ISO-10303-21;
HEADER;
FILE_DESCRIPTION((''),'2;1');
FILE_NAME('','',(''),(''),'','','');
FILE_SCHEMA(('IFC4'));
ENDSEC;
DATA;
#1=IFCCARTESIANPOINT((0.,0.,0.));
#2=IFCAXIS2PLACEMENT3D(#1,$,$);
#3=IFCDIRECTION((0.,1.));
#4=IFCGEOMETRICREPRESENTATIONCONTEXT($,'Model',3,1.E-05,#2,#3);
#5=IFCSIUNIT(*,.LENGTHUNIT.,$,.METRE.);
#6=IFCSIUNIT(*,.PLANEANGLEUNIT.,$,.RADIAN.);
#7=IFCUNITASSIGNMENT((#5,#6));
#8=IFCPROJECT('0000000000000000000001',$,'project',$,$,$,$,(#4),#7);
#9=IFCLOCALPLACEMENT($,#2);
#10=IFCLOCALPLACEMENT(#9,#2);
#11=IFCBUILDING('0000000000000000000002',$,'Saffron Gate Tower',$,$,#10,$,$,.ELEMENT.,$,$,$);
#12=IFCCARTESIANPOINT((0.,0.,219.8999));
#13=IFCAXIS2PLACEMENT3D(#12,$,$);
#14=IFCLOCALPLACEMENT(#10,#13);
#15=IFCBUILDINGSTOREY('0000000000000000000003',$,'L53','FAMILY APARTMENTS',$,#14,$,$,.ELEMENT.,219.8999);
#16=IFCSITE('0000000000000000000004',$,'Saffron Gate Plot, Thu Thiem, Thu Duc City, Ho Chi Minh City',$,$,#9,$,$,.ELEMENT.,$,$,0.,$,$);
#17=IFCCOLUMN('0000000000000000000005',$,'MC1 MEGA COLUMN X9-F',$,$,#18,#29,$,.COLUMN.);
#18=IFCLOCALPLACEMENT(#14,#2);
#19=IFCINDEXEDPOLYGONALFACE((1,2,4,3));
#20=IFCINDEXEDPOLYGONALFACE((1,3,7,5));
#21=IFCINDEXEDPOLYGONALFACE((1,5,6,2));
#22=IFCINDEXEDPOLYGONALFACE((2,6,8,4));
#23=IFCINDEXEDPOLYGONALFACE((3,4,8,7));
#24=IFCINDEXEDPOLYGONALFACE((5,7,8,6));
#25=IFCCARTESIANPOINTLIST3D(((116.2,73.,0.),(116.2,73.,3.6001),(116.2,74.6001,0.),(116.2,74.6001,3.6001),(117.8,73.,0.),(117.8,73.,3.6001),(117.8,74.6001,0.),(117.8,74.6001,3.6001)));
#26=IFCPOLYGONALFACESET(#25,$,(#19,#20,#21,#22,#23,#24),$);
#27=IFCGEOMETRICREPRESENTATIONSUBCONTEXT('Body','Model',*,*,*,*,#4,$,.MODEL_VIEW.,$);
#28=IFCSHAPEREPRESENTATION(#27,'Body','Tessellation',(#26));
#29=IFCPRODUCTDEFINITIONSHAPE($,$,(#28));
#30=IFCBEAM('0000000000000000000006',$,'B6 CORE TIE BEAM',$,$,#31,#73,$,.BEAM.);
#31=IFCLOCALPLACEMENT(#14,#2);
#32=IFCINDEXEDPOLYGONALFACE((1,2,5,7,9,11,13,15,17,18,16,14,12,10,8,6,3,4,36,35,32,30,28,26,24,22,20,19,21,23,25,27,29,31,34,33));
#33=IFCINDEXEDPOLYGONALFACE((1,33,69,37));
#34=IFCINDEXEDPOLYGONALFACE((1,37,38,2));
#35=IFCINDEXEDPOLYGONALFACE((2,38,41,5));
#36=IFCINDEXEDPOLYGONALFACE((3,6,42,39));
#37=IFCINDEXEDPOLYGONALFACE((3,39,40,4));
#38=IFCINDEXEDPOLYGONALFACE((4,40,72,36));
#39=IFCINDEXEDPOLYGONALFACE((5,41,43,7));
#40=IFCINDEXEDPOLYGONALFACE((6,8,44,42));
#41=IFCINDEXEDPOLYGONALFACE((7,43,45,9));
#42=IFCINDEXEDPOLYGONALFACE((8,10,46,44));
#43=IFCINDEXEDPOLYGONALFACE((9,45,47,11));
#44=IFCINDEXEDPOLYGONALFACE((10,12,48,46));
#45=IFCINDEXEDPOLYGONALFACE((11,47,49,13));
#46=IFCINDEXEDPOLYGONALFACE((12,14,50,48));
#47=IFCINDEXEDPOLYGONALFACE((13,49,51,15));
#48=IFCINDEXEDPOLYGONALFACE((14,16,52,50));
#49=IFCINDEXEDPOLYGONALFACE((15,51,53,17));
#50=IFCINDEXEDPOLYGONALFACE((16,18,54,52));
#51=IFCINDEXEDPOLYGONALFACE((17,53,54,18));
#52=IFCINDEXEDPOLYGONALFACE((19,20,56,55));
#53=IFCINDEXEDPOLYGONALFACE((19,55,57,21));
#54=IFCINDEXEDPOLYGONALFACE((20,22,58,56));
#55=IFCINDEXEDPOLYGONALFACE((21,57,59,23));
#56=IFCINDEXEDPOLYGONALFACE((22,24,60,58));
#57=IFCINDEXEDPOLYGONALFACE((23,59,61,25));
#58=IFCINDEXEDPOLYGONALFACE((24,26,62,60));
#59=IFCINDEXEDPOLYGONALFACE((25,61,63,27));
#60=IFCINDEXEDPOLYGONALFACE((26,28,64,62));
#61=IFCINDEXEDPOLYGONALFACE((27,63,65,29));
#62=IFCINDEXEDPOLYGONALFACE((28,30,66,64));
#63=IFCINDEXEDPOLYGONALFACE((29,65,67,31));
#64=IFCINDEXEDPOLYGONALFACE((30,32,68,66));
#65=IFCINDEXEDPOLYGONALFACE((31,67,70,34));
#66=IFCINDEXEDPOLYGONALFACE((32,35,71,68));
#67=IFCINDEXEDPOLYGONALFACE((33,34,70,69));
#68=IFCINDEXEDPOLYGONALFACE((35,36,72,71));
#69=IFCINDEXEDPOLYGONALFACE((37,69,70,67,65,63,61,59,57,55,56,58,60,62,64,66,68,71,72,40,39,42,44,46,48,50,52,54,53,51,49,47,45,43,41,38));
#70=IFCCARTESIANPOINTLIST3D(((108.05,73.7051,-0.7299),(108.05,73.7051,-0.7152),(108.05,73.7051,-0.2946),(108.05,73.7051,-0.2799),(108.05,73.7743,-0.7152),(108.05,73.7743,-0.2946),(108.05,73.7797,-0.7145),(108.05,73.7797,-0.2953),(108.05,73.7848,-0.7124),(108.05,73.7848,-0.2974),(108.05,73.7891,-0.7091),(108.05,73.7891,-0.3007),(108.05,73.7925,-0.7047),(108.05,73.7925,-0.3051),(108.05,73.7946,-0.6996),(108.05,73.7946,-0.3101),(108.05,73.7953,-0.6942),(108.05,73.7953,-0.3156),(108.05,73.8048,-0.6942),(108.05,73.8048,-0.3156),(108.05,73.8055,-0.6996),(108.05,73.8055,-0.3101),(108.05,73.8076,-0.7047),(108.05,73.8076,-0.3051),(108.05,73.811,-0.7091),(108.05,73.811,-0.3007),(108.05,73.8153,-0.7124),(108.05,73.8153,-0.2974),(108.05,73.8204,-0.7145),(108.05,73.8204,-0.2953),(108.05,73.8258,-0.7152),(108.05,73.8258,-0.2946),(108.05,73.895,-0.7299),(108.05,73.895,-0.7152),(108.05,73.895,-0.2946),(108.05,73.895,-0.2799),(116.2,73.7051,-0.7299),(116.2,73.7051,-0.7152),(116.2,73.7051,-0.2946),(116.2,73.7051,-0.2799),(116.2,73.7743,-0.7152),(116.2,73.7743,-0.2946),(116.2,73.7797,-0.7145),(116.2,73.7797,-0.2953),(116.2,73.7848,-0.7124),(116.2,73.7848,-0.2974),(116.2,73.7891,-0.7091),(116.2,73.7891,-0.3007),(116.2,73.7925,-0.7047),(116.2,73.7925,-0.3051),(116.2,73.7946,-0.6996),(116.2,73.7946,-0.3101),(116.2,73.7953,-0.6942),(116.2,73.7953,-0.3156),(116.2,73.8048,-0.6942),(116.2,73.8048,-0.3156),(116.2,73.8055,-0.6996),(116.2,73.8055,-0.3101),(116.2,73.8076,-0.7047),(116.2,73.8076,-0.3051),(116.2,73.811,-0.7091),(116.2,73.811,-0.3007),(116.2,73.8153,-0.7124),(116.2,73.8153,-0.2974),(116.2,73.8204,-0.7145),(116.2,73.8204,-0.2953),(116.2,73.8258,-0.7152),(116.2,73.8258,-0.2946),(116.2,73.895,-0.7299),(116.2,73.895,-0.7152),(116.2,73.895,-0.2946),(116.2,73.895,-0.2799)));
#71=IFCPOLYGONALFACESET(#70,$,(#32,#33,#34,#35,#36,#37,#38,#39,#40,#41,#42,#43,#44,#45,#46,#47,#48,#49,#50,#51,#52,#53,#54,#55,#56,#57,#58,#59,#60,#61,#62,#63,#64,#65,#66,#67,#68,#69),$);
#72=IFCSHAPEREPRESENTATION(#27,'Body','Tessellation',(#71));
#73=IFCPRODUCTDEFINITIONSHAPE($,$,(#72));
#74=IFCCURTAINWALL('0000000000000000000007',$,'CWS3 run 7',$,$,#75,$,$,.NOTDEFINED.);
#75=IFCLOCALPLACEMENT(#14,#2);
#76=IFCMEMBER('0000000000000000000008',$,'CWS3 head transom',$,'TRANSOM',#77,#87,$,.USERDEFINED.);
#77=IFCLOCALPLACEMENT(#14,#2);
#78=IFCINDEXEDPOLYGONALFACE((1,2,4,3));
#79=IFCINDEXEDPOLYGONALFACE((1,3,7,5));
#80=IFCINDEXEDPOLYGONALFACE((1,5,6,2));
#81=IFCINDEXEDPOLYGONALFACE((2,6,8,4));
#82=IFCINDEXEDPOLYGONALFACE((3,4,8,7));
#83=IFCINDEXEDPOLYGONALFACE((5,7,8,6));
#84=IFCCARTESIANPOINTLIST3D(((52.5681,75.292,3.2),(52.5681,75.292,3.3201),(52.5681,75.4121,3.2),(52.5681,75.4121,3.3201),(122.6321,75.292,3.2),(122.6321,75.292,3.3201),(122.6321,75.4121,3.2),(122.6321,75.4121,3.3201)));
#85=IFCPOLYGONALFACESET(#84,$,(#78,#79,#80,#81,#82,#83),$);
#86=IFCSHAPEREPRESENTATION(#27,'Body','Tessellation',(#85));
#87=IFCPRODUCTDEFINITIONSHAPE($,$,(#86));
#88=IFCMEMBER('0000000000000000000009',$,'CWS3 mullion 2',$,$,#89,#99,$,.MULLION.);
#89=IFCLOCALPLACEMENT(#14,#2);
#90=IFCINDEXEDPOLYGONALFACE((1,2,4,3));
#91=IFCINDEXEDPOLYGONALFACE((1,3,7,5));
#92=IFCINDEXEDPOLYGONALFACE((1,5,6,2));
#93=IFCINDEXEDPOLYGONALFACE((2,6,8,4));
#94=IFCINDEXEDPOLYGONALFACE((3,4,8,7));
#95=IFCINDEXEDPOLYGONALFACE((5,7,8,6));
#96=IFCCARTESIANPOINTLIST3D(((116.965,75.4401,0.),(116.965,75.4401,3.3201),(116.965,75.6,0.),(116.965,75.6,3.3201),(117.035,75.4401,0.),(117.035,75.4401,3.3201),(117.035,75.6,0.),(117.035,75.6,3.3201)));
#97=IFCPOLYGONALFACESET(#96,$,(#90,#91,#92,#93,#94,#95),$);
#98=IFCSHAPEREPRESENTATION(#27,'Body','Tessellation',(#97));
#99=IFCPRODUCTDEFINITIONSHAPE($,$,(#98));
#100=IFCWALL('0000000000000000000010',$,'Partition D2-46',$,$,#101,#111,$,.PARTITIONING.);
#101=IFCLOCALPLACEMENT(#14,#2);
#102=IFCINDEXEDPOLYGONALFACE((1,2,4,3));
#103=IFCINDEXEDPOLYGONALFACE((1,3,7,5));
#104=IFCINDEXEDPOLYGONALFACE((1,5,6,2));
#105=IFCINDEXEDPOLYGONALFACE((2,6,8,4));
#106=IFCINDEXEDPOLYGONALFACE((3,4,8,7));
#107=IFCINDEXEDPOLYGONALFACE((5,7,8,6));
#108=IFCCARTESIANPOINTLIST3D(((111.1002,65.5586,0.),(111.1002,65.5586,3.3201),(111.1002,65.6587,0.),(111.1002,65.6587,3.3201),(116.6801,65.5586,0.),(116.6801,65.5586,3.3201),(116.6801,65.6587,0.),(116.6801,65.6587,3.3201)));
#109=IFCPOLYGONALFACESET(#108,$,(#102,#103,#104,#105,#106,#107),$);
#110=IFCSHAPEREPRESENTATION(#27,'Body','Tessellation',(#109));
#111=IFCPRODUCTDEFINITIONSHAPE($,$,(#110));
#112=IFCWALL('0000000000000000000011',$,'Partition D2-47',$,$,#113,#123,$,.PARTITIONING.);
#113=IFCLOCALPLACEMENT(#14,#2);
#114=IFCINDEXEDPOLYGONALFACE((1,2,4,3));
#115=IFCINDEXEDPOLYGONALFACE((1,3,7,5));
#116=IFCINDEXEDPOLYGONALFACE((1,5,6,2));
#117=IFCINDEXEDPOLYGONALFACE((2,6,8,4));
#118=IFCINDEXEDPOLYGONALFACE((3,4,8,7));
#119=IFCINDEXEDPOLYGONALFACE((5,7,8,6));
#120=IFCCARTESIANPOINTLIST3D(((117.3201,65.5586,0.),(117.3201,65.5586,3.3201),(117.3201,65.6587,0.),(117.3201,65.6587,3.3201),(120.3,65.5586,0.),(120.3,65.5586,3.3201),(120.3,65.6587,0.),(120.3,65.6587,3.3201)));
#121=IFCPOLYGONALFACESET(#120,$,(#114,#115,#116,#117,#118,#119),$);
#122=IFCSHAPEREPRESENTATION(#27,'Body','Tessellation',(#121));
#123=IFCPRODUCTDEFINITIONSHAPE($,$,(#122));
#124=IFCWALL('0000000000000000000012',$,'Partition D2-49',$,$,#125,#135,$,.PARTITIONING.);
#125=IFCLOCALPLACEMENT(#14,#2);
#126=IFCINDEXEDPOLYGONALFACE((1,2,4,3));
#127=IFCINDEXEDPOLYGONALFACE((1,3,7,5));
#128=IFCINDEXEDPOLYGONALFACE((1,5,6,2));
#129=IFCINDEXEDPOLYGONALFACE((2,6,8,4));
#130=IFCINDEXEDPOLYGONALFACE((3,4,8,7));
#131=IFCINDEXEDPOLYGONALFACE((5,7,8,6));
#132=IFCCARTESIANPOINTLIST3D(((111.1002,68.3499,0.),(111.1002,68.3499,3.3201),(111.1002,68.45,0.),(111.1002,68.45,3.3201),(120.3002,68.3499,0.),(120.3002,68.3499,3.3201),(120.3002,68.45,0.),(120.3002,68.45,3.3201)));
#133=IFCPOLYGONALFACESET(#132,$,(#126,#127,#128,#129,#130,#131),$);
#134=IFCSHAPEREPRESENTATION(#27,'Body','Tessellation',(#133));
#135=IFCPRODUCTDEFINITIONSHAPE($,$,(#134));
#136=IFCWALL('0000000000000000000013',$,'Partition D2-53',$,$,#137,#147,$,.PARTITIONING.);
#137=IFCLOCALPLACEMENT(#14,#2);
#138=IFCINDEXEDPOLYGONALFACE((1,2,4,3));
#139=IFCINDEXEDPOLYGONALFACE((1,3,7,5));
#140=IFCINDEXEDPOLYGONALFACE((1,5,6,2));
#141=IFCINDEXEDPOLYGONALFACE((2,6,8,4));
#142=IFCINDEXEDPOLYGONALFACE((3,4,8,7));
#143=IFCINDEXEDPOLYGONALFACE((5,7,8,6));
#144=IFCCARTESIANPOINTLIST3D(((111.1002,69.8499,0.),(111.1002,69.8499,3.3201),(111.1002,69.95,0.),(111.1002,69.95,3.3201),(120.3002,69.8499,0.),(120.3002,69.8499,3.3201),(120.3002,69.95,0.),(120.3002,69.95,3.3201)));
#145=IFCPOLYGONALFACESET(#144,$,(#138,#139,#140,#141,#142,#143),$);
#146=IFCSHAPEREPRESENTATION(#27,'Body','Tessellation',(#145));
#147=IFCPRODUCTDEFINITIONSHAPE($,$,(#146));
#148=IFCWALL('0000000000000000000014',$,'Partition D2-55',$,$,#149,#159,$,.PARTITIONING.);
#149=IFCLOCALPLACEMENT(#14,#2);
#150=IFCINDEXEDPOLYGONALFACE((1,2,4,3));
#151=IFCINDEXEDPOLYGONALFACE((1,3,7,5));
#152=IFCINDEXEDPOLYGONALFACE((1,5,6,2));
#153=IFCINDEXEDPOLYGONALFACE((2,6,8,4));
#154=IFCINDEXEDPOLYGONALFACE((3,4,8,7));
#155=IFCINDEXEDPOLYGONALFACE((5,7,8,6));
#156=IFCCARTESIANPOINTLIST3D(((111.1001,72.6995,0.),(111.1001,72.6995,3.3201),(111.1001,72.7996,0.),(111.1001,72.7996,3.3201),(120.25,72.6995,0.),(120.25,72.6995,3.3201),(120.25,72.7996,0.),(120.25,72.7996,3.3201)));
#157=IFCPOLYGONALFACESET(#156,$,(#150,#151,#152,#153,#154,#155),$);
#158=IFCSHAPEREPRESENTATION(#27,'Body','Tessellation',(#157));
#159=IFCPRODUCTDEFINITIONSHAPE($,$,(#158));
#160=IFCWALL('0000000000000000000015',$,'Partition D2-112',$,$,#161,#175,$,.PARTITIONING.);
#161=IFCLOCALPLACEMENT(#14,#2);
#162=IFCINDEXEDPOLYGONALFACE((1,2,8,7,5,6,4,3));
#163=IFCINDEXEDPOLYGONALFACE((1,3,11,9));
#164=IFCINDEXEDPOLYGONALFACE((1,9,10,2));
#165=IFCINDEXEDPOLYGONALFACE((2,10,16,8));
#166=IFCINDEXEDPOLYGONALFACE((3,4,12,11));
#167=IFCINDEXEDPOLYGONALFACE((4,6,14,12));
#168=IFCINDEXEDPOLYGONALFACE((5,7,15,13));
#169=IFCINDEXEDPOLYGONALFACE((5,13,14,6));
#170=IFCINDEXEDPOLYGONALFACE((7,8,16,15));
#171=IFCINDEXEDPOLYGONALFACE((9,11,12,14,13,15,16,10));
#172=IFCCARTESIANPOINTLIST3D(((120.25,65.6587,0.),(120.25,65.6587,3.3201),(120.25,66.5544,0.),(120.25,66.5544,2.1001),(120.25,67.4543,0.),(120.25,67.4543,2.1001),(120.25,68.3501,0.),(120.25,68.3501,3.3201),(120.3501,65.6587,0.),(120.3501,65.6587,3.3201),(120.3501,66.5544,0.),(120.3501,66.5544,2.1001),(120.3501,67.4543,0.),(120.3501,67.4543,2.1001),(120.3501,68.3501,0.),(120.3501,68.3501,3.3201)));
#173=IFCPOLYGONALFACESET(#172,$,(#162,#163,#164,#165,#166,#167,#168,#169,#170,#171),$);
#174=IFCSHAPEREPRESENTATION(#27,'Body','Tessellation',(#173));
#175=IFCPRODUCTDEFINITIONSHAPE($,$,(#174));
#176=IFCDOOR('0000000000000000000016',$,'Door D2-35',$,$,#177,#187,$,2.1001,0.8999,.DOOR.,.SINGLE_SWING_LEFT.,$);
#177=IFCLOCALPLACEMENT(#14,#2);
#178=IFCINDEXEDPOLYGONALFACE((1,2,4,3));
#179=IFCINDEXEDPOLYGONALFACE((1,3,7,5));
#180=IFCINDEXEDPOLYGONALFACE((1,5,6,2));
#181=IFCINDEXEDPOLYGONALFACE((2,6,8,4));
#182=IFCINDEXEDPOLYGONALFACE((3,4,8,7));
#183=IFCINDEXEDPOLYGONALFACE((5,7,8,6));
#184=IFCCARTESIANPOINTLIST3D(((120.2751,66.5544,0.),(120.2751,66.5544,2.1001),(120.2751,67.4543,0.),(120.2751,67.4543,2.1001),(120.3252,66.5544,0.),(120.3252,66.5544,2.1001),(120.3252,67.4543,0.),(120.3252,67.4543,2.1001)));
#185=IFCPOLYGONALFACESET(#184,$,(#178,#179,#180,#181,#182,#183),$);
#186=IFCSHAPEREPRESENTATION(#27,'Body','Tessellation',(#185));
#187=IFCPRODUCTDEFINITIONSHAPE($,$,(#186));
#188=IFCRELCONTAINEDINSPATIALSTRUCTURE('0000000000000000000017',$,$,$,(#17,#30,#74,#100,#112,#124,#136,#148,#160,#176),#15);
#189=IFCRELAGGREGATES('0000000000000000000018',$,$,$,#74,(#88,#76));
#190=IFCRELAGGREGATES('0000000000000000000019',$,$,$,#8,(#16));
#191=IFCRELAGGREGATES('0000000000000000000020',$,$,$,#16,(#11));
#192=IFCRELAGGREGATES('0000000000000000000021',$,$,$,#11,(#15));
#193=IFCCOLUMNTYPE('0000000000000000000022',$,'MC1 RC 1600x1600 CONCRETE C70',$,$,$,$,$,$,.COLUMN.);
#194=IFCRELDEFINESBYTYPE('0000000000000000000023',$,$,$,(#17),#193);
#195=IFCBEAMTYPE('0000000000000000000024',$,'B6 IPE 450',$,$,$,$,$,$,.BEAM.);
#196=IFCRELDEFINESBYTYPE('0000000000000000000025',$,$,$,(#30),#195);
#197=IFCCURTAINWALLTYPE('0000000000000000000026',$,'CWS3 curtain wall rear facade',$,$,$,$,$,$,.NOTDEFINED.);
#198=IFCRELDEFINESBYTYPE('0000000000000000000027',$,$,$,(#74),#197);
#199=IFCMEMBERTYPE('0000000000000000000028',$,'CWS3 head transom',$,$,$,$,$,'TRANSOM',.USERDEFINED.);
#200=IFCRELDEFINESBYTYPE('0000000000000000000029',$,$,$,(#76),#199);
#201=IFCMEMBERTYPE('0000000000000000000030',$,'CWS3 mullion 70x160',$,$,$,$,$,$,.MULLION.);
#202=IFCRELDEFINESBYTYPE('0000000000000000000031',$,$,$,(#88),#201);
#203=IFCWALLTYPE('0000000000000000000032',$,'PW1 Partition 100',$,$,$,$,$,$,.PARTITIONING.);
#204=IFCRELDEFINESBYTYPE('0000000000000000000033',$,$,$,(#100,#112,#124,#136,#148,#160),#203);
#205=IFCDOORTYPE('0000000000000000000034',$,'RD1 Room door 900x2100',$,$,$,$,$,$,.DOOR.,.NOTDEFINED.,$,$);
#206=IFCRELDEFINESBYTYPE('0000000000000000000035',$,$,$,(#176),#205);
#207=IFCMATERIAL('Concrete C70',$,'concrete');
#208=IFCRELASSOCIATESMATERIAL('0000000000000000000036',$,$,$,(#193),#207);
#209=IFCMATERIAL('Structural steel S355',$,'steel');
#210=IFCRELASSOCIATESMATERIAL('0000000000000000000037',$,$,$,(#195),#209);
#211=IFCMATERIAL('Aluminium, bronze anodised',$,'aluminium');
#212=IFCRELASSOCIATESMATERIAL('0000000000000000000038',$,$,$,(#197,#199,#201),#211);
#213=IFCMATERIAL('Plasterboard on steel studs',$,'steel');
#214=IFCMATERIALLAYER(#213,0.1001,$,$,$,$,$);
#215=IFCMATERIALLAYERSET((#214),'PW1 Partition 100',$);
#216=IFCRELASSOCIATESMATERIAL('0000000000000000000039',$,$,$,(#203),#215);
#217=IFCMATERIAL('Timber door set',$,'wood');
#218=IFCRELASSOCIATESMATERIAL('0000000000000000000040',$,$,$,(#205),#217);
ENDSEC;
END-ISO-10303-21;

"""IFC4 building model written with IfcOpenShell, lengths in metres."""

from ifc_helpers import new_model, si_unit, direction, frame, frame_2d, origin, origin_2d, place, context, subcontext, project, spatial, rectangle, i_section, extrude, material, layer, layer_set, material_profile, profile_set, type_object, element, fill, aggregate, save


model = new_model("IFC4")

# Units and contexts
model_context = context("Model", 3, precision=1e-05, world=origin(), true_north=direction((0.0, 1.0)))
body_context = subcontext(model_context, "Body", "Model", "MODEL_VIEW")
ifc_project = project(units=[si_unit("LENGTHUNIT", "METRE"), si_unit("PLANEANGLEUNIT", "RADIAN")], contexts=[model_context])

# Site, building, storey
site_placement = place(None, origin())
site = spatial("IfcSite", under=ifc_project, at=site_placement, Name="Saffron Gate Plot, Thu Thiem, Thu Duc City, Ho Chi Minh City", CompositionType="ELEMENT", RefElevation=0.0)
building_placement = place(site_placement, origin())
building = spatial("IfcBuilding", under=site, at=building_placement, Name="Saffron Gate Tower", CompositionType="ELEMENT")
storey_placement = place(building_placement, frame((0.0, 0.0, 219.8999)))
storey = spatial("IfcBuildingStorey", under=building, at=storey_placement, Name="L53", Description="FAMILY APARTMENTS", CompositionType="ELEMENT", Elevation=219.8999)

# Column
ifc_material_1 = material(Name="Concrete C70", Category="concrete")
ifc_material_profile_1 = material_profile(ifc_material_1, rectangle(XDim=1.6001, YDim=1.6001, at=origin_2d()))
ifc_profile_set_1 = profile_set([ifc_material_profile_1], Name="Concrete C70")
column_type = type_object("IfcColumnType", Name="MC1 RC 1600x1600 CONCRETE C70", PredefinedType="COLUMN", material=ifc_profile_set_1)
column_placement = place(storey_placement, frame((117.0, 73.8, 0.0), z_axis=(0.0, 0.0, 1.0), x_axis=(1.0, 0.0, 0.0)))
element("IfcColumn", 1, at=column_placement, inside=storey, type_object=column_type, Name="MC1 MEGA COLUMN X9-F", PredefinedType="COLUMN", context=body_context, shape_type="SweptSolid", body=[
    extrude(rectangle(XDim=1.6001, YDim=1.6001, at=origin_2d()), origin(), (0.0, 0.0, 1.0), 3.6001),
])

# Beam
ifc_material_2 = material(Name="Structural steel S355", Category="steel")
ifc_material_profile_2 = material_profile(ifc_material_2, i_section(OverallWidth=0.1899, OverallDepth=0.45, WebThickness=0.0095, FlangeThickness=0.0146, FilletRadius=0.021, at=origin_2d()))
ifc_profile_set_2 = profile_set([ifc_material_profile_2], Name="Structural steel S355")
beam_type = type_object("IfcBeamType", Name="B6 IPE 450", PredefinedType="BEAM", material=ifc_profile_set_2)
beam_placement = place(storey_placement, frame((116.2, 73.8, -0.5049), z_axis=(-1.0, 0.0, 0.0), x_axis=(0.0, -1.0, 0.0)))
element("IfcBeam", 2, at=beam_placement, inside=storey, type_object=beam_type, Name="B6 CORE TIE BEAM", PredefinedType="BEAM", context=body_context, shape_type="SweptSolid", body=[
    extrude(i_section(OverallWidth=0.1899, OverallDepth=0.45, WebThickness=0.0095, FlangeThickness=0.0146, FilletRadius=0.021, at=origin_2d()), origin(), (0.0, 0.0, 1.0), 8.1499),
])

# Curtain wall, members
ifc_material_3 = material(Name="Aluminium, bronze anodised", Category="aluminium")
curtain_wall_type = type_object("IfcCurtainWallType", Name="CWS3 curtain wall rear facade", PredefinedType="NOTDEFINED", material=ifc_material_3)
curtain_wall_placement = place(storey_placement, origin())
curtain_wall = element("IfcCurtainWall", 3, at=curtain_wall_placement, inside=storey, type_object=curtain_wall_type, Name="CWS3 run 7", PredefinedType="NOTDEFINED")
ifc_material_profile_3 = material_profile(ifc_material_3, rectangle(XDim=0.1201, YDim=0.1201, at=origin_2d()))
ifc_profile_set_3 = profile_set([ifc_material_profile_3], Name="Aluminium, bronze anodised")
member_type_1 = type_object("IfcMemberType", Name="CWS3 head transom", ElementType="TRANSOM", PredefinedType="USERDEFINED", material=ifc_profile_set_3)
member_1_placement = place(storey_placement, frame((122.6321, 75.3521, 3.26), z_axis=(-1.0, 0.0, 0.0), x_axis=(0.0, -1.0, 0.0)))
member_1 = element("IfcMember", 4, at=member_1_placement, type_object=member_type_1, Name="CWS3 head transom", ObjectType="TRANSOM", PredefinedType="USERDEFINED", context=body_context, shape_type="SweptSolid", body=[
    extrude(rectangle(XDim=0.1201, YDim=0.1201, at=origin_2d()), origin(), (0.0, 0.0, 1.0), 70.064),
])
ifc_material_profile_4 = material_profile(ifc_material_3, rectangle(XDim=0.1599, YDim=0.0701, at=origin_2d()))
ifc_profile_set_4 = profile_set([ifc_material_profile_4], Name="Aluminium, bronze anodised")
member_type_2 = type_object("IfcMemberType", Name="CWS3 mullion 70x160", PredefinedType="MULLION", material=ifc_profile_set_4)
member_2_placement = place(storey_placement, frame((117.0, 75.52, 0.0), z_axis=(0.0, 0.0, 1.0), x_axis=(0.0, -1.0, 0.0)))
member_2 = element("IfcMember", 5, at=member_2_placement, type_object=member_type_2, Name="CWS3 mullion 2", PredefinedType="MULLION", context=body_context, shape_type="SweptSolid", body=[
    extrude(rectangle(XDim=0.1599, YDim=0.0701, at=origin_2d()), origin(), (0.0, 0.0, 1.0), 3.3201),
])
aggregate(curtain_wall, [member_2, member_1])

# Walls
ifc_material_4 = material(Name="Plasterboard on steel studs", Category="steel")
ifc_layer_1 = layer(ifc_material_4, 0.1001)
ifc_layer_set_1 = layer_set([ifc_layer_1], Name="PW1 Partition 100")
wall_type_1 = type_object("IfcWallType", Name="PW1 Partition 100", PredefinedType="PARTITIONING", material=ifc_layer_set_1)
wall_1_placement = place(storey_placement, frame((111.1001, 65.6086, 0.0), z_axis=(0.0, 0.0, 1.0), x_axis=(1.0, 0.0, 0.0)))
element("IfcWall", 6, at=wall_1_placement, inside=storey, type_object=wall_type_1, Name="Partition D2-46", PredefinedType="PARTITIONING", context=body_context, shape_type="SweptSolid", body=[
    extrude(rectangle(XDim=5.5798, YDim=0.1001, at=frame_2d((2.79, 0.0))), origin(), (0.0, 0.0, 1.0), 3.3201),
])
wall_2_placement = place(storey_placement, frame((117.3201, 65.6086, 0.0), z_axis=(0.0, 0.0, 1.0), x_axis=(1.0, 0.0, 0.0)))
element("IfcWall", 7, at=wall_2_placement, inside=storey, type_object=wall_type_1, Name="Partition D2-47", PredefinedType="PARTITIONING", context=body_context, shape_type="SweptSolid", body=[
    extrude(rectangle(XDim=2.98, YDim=0.1001, at=frame_2d((1.49, 0.0))), origin(), (0.0, 0.0, 1.0), 3.3201),
])
for number, where, z_axis, x_axis, name in (
    (8, (111.1001, 68.3999, 0.0), (0.0, 0.0, 1.0), (1.0, 0.0, 0.0), "Partition D2-49"),
    (9, (111.1001, 69.8999, 0.0), (0.0, 0.0, 1.0), (1.0, 0.0, 0.0), "Partition D2-53"),
):
    element("IfcWall", number, at=place(storey_placement, frame(where, z_axis=z_axis, x_axis=x_axis)), inside=storey, type_object=wall_type_1, Name=name, PredefinedType="PARTITIONING", context=body_context, shape_type="SweptSolid", body=[
        extrude(rectangle(XDim=9.2, YDim=0.1001, at=frame_2d((4.6001, 0.0))), origin(), (0.0, 0.0, 1.0), 3.3201),
    ])
wall_3_placement = place(storey_placement, frame((111.1001, 72.7495, 0.0), z_axis=(0.0, 0.0, 1.0), x_axis=(1.0, 0.0, 0.0)))
element("IfcWall", 10, at=wall_3_placement, inside=storey, type_object=wall_type_1, Name="Partition D2-55", PredefinedType="PARTITIONING", context=body_context, shape_type="SweptSolid", body=[
    extrude(rectangle(XDim=9.1499, YDim=0.1001, at=frame_2d((4.575, 0.0))), origin(), (0.0, 0.0, 1.0), 3.3201),
])

# Wall, opening, door
wall_4_placement = place(storey_placement, frame((120.3, 65.6587, 0.0), z_axis=(0.0, 0.0, 1.0), x_axis=(0.0, 1.0, 0.0)))
wall_4 = element("IfcWall", 11, at=wall_4_placement, inside=storey, type_object=wall_type_1, Name="Partition D2-112", PredefinedType="PARTITIONING", context=body_context, shape_type="SweptSolid", body=[
    extrude(rectangle(XDim=2.6914, YDim=0.1001, at=frame_2d((1.3457, 0.0))), origin(), (0.0, 0.0, 1.0), 3.3201),
])
opening_1_placement = place(wall_4_placement, frame((0.8958, 0.0, 0.0)))
opening_1 = element("IfcOpeningElement", 12, at=opening_1_placement, cuts=wall_4, PredefinedType="OPENING", context=body_context, shape_type="SweptSolid", body=[
    extrude(rectangle(XDim=0.8999, YDim=2.1001, at=frame_2d((0.45, 1.05))), frame((0.0, 0.0601, 0.0), z_axis=(0.0, -1.0, 0.0), x_axis=(1.0, 0.0, 0.0)), (0.0, 0.0, 1.0), 0.1201),
])
ifc_material_5 = material(Name="Timber door set", Category="wood")
door_type_1 = type_object("IfcDoorType", Name="RD1 Room door 900x2100", OperationType="NOTDEFINED", PredefinedType="DOOR", material=ifc_material_5)
door_1_placement = place(opening_1_placement, origin())
door_1 = element("IfcDoor", 13, at=door_1_placement, inside=storey, type_object=door_type_1, Name="Door D2-35", OperationType="SINGLE_SWING_LEFT", OverallHeight=2.1001, OverallWidth=0.8999, PredefinedType="DOOR", context=body_context, shape_type="SweptSolid", body=[
    extrude(rectangle(XDim=0.8999, YDim=2.1001, at=frame_2d((0.45, 1.05))), frame((0.0, 0.0249, 0.0), z_axis=(0.0, -1.0, 0.0), x_axis=(1.0, 0.0, 0.0)), (0.0, 0.0, 1.0), 0.05),
])
fill(opening_1, door_1)

save(model, "model.ifc")
